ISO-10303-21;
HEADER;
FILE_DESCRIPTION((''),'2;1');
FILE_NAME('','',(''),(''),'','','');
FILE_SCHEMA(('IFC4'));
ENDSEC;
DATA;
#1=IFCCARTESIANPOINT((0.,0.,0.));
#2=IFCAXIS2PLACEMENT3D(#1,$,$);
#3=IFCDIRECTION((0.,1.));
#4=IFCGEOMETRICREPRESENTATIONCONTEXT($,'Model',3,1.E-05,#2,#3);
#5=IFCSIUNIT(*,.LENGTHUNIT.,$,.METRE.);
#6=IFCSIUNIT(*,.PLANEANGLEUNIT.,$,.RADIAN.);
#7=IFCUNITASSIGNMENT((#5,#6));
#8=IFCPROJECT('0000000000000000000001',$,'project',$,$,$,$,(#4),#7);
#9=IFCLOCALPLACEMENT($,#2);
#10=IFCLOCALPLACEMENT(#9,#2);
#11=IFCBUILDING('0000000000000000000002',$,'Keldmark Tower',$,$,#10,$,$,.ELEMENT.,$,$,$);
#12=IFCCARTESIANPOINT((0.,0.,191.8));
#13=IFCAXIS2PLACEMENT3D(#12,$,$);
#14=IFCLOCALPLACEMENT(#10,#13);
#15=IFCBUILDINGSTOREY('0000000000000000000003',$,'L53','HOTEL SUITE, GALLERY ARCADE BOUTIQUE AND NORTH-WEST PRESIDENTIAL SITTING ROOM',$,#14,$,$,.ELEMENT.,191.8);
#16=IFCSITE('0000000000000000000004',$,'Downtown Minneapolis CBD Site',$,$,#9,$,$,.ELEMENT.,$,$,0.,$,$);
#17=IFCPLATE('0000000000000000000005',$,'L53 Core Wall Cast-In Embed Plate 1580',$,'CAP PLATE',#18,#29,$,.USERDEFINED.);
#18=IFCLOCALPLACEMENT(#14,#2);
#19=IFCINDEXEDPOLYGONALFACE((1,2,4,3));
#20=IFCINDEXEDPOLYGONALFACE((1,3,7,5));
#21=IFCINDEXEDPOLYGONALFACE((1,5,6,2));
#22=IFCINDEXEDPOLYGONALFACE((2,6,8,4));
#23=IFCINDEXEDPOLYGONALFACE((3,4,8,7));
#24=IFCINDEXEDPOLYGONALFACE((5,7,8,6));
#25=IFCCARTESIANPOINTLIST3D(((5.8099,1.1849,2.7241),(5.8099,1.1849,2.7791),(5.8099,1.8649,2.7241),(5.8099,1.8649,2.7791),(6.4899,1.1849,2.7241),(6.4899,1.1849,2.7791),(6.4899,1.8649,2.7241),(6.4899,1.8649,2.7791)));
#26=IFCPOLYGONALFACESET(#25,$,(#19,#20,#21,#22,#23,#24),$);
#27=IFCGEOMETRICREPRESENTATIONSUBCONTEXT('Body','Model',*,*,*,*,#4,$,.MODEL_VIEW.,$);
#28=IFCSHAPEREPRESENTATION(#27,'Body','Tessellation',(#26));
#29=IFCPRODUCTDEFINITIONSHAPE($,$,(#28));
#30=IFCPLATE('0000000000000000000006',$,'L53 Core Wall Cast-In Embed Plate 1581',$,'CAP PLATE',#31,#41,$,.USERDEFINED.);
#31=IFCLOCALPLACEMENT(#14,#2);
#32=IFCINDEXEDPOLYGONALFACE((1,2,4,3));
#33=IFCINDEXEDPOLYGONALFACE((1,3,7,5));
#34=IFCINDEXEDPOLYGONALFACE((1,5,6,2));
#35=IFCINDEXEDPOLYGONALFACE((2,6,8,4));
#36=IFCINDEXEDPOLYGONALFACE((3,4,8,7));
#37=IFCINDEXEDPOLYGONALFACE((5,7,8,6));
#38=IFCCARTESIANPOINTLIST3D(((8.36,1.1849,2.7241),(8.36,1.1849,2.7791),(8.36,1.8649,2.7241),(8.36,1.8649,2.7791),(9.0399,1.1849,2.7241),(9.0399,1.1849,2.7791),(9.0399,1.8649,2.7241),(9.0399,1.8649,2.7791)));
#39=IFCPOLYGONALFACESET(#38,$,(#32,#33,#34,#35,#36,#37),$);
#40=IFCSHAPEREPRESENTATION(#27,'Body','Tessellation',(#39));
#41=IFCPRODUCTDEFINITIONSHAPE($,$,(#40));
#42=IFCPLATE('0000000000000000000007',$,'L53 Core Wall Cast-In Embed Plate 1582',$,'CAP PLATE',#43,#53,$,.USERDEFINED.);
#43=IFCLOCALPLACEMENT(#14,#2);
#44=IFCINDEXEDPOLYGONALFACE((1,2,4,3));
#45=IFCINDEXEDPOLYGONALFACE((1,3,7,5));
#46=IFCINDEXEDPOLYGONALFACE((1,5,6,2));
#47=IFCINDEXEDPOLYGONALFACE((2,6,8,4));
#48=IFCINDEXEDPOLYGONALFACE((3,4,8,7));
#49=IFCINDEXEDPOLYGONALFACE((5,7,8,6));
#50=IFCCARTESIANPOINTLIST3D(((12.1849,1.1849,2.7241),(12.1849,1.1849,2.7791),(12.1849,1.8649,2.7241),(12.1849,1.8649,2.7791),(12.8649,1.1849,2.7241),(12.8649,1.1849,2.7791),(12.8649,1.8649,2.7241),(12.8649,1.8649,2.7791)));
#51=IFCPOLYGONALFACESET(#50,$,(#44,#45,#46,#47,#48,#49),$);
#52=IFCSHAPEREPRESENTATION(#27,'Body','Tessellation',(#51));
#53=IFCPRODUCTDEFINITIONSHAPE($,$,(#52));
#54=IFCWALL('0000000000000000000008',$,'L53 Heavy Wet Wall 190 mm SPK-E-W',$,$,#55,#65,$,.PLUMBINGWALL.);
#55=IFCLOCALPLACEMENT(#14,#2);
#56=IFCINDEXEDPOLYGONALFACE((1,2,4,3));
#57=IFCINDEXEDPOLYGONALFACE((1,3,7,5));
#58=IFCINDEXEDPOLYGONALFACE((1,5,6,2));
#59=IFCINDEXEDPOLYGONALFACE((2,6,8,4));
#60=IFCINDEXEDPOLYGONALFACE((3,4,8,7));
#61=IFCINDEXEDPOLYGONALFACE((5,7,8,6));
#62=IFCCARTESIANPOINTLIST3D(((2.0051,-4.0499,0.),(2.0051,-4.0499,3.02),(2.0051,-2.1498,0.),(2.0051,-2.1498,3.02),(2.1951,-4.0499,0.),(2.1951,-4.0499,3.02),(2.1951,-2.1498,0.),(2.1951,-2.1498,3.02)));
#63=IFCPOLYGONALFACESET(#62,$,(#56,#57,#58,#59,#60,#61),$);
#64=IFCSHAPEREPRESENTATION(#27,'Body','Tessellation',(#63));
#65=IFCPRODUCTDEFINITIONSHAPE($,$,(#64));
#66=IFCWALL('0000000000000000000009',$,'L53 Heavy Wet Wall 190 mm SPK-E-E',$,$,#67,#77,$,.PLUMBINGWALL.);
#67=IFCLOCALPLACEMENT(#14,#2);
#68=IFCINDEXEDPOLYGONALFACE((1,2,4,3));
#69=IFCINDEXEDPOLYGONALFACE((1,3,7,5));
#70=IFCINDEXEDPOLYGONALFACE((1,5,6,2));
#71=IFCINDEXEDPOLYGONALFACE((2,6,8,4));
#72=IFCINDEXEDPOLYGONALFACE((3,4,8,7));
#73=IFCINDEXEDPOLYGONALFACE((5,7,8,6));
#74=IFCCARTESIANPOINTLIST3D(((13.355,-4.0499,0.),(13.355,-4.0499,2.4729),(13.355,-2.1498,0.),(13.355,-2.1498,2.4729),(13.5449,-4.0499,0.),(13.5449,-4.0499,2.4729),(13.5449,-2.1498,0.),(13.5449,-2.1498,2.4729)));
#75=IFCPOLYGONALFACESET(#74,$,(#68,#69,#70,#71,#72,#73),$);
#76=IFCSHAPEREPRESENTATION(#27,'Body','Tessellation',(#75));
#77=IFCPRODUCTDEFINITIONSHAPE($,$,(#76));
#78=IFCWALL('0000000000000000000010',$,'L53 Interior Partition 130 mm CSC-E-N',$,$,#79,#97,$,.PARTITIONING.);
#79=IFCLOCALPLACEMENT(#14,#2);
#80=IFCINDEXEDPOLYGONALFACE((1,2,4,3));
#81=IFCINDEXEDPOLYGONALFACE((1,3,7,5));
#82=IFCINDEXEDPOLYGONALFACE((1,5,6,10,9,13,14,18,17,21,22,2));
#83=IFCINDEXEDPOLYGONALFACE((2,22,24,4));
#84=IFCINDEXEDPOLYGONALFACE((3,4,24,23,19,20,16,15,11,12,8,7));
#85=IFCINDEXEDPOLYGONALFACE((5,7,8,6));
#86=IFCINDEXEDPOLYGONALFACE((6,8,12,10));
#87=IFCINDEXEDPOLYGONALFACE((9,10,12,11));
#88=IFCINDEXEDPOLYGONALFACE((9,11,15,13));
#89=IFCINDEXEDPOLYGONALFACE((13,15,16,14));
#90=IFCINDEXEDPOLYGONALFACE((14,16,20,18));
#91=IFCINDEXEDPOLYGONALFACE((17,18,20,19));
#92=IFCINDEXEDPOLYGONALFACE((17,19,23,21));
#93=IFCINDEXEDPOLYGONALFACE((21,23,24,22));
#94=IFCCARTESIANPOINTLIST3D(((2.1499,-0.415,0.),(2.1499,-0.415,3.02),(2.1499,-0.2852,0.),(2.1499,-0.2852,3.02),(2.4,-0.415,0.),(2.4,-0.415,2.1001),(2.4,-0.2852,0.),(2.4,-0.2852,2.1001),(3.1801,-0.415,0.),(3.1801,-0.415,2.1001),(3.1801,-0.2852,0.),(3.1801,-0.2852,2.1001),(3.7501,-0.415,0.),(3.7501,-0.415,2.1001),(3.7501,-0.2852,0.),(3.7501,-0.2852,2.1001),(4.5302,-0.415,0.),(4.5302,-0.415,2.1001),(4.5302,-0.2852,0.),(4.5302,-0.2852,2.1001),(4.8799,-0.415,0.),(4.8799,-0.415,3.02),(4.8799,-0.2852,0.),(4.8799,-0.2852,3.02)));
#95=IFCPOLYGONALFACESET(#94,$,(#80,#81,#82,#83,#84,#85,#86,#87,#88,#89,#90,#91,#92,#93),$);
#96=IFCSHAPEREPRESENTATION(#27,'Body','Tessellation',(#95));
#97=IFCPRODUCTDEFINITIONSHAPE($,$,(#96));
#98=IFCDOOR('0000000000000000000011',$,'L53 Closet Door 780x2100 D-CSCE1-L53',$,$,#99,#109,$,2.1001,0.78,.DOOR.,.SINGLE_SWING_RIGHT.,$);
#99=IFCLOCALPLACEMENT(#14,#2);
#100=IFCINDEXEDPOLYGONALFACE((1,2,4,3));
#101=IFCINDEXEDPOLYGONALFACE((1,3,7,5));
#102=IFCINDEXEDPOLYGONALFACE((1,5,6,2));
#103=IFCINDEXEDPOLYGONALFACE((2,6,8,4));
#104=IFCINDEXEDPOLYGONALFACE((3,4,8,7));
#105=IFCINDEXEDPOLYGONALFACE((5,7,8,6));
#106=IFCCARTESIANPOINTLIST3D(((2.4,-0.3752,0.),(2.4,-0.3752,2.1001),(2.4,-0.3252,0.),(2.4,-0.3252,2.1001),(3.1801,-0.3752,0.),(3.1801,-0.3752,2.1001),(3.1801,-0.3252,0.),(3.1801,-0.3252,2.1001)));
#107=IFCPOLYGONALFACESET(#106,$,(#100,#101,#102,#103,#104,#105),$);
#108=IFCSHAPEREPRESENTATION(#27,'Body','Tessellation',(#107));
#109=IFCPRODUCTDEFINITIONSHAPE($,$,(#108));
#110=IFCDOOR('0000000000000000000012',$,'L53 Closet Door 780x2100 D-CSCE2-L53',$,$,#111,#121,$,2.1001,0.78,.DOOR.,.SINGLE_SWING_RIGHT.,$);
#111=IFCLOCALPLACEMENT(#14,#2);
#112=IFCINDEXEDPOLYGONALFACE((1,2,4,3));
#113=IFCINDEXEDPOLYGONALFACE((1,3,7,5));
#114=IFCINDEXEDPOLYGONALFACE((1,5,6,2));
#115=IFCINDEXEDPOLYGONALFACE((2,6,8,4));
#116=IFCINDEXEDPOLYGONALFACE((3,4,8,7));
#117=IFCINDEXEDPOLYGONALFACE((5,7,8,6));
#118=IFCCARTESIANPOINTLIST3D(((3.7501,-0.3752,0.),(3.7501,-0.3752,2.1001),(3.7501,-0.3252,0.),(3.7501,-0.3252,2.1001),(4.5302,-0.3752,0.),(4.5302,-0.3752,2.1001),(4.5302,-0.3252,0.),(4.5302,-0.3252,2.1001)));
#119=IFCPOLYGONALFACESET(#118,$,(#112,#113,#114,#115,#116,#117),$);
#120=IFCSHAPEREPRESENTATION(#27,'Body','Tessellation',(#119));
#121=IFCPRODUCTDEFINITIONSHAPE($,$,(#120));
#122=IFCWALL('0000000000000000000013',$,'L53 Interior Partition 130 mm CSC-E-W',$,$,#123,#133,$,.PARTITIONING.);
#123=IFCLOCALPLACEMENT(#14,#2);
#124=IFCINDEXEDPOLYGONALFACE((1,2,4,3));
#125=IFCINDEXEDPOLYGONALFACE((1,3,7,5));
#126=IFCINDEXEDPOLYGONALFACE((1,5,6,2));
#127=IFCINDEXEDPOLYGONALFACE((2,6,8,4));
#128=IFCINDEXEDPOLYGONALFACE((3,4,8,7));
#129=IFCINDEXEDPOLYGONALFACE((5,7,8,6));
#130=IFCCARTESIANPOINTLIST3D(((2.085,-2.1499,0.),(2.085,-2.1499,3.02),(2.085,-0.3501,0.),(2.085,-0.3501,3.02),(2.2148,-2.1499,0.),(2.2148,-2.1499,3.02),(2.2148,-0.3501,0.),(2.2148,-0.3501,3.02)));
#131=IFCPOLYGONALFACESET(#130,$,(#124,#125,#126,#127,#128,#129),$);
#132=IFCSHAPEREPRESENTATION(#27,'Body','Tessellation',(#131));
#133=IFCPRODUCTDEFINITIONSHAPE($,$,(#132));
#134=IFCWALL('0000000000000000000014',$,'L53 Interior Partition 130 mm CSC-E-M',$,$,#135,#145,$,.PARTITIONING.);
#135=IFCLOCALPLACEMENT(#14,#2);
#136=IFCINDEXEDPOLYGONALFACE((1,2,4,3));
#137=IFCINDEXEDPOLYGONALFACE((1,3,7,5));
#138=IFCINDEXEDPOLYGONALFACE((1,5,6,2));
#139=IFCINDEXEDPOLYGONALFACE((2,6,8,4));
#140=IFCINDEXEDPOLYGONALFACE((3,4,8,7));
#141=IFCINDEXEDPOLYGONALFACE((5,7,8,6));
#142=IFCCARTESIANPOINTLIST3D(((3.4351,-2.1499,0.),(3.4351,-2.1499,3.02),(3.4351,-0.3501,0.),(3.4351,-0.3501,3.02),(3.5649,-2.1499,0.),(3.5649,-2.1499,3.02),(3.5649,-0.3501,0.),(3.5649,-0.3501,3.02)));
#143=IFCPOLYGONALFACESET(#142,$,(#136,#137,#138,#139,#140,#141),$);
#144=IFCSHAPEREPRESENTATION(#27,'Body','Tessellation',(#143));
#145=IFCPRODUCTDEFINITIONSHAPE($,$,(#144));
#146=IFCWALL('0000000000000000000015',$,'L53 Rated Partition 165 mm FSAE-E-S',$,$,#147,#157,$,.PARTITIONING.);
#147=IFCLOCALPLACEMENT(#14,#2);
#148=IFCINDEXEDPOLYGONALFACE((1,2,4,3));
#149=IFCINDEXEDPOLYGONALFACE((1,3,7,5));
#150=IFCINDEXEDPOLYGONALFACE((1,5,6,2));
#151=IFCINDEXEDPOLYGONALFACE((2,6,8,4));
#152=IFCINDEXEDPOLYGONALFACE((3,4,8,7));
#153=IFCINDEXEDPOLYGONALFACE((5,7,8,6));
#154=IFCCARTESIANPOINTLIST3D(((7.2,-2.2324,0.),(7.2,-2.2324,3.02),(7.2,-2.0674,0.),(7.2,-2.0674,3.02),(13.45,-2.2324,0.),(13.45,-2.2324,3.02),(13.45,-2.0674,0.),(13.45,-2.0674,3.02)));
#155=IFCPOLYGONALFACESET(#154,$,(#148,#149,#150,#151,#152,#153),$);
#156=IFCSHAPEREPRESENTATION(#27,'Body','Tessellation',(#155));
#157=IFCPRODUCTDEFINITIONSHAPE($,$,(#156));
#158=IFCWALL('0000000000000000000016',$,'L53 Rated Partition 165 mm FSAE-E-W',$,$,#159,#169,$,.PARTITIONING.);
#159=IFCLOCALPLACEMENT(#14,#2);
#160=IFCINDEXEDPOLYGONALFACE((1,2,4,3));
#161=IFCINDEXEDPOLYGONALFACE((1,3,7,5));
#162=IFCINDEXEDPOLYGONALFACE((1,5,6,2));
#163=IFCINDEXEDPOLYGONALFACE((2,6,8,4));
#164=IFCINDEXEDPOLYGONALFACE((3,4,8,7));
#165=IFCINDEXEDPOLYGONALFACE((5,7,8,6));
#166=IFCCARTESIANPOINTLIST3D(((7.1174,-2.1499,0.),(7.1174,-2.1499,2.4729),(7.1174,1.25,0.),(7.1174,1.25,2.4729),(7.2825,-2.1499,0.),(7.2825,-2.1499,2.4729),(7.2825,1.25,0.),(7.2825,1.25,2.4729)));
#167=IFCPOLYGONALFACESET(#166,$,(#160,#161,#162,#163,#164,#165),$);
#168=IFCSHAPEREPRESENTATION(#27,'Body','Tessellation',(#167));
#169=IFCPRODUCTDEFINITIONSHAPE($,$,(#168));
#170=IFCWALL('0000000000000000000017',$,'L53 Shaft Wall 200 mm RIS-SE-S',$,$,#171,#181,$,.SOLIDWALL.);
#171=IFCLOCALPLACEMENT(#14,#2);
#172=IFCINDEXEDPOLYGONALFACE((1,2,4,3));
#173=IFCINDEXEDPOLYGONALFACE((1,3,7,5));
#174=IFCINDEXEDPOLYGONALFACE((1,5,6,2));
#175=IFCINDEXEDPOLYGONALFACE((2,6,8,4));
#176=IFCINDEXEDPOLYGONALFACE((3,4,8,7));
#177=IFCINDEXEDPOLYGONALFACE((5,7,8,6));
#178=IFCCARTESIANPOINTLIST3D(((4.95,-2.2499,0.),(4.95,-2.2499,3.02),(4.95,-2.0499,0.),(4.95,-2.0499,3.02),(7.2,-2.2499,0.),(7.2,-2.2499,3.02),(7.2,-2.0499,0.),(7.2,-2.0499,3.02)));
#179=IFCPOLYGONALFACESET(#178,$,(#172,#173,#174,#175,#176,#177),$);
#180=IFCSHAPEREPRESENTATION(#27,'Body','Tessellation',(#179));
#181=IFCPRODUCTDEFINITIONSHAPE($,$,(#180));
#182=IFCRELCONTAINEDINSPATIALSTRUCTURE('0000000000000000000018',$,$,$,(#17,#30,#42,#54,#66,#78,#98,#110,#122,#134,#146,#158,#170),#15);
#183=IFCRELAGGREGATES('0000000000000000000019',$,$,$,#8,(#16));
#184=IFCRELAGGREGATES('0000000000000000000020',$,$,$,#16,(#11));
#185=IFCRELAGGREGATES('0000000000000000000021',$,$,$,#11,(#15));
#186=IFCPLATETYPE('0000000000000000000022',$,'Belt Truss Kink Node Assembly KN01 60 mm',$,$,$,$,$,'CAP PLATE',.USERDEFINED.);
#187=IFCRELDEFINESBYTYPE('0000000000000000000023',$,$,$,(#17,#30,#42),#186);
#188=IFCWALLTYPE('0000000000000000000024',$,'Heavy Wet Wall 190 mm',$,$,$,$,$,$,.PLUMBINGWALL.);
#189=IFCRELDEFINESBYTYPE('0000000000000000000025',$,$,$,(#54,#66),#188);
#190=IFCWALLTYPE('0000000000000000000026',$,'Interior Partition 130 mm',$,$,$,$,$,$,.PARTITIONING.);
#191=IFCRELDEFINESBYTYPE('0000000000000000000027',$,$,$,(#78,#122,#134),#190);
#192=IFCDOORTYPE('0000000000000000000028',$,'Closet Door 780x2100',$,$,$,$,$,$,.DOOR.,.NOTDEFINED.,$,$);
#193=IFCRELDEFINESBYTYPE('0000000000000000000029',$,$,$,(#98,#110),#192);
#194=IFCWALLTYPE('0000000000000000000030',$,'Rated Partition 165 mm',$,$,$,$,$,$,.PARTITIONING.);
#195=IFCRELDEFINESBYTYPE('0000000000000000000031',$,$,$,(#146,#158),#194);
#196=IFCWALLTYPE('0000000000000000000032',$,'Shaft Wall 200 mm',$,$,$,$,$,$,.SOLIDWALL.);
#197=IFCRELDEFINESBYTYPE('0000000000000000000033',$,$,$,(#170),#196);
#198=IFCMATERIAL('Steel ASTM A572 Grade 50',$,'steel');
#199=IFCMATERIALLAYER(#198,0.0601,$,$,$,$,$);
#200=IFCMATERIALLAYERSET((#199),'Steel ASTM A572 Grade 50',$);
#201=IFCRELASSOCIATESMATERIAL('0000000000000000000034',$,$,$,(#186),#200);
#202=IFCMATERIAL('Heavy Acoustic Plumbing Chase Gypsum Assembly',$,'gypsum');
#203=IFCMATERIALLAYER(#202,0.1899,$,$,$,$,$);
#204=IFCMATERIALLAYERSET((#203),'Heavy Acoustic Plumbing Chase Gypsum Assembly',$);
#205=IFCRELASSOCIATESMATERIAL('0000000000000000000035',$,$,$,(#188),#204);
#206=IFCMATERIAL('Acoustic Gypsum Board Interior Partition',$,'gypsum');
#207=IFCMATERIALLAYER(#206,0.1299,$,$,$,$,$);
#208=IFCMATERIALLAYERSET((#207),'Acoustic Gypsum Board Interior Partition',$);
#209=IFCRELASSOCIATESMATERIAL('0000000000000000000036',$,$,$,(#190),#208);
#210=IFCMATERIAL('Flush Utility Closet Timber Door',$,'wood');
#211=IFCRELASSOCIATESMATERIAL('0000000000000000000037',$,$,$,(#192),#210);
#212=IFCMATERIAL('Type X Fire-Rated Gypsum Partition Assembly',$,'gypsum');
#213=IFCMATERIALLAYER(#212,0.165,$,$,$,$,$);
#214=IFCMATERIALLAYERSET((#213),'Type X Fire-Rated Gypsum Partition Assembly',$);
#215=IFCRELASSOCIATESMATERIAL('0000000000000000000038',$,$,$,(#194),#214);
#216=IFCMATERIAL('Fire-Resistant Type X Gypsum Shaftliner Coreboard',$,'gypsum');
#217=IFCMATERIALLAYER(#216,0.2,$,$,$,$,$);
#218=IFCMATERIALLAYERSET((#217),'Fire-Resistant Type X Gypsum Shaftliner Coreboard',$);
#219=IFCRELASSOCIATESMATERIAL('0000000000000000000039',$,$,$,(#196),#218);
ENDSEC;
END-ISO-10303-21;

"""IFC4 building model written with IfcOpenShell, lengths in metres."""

from ifc_helpers import new_model, si_unit, direction, frame, frame_2d, origin, origin_2d, place, context, subcontext, project, spatial, rectangle, extrude, material, layer, layer_set, type_object, element, fill, save


model = new_model("IFC4")

# Units and contexts
model_context = context("Model", 3, precision=1e-05, world=origin(), true_north=direction((0.0, 1.0)))
body_context = subcontext(model_context, "Body", "Model", "MODEL_VIEW")
ifc_project = project(units=[si_unit("LENGTHUNIT", "METRE"), si_unit("PLANEANGLEUNIT", "RADIAN")], contexts=[model_context])

# Site, building, storey
site_placement = place(None, origin())
site = spatial("IfcSite", under=ifc_project, at=site_placement, Name="Downtown Minneapolis CBD Site", CompositionType="ELEMENT", RefElevation=0.0)
building_placement = place(site_placement, origin())
building = spatial("IfcBuilding", under=site, at=building_placement, Name="Keldmark Tower", CompositionType="ELEMENT")
storey_placement = place(building_placement, frame((0.0, 0.0, 191.8)))
storey = spatial("IfcBuildingStorey", under=building, at=storey_placement, Name="L53", Description="HOTEL SUITE, GALLERY ARCADE BOUTIQUE AND NORTH-WEST PRESIDENTIAL SITTING ROOM", CompositionType="ELEMENT", Elevation=191.8)

# Plates
ifc_material_1 = material(Name="Steel ASTM A572 Grade 50", Category="steel")
ifc_layer_1 = layer(ifc_material_1, 0.0601)
ifc_layer_set_1 = layer_set([ifc_layer_1], Name="Steel ASTM A572 Grade 50")
plate_type = type_object("IfcPlateType", Name="Belt Truss Kink Node Assembly KN01 60 mm", ElementType="CAP PLATE", PredefinedType="USERDEFINED", material=ifc_layer_set_1)
for number, where, z_axis, x_axis, name in (
    (1, (6.1499, 1.5249, 2.7241), (0.0, 0.0, 1.0), (1.0, 0.0, 0.0), "L53 Core Wall Cast-In Embed Plate 1580"),
    (2, (8.7, 1.5249, 2.7241), (0.0, 0.0, 1.0), (1.0, 0.0, 0.0), "L53 Core Wall Cast-In Embed Plate 1581"),
    (3, (12.5249, 1.5249, 2.7241), (0.0, 0.0, 1.0), (1.0, 0.0, 0.0), "L53 Core Wall Cast-In Embed Plate 1582"),
):
    element("IfcPlate", number, at=place(storey_placement, frame(where, z_axis=z_axis, x_axis=x_axis)), inside=storey, type_object=plate_type, Name=name, ObjectType="CAP PLATE", PredefinedType="USERDEFINED", context=body_context, shape_type="SweptSolid", body=[
        extrude(rectangle(XDim=0.6799, YDim=0.6799, at=origin_2d()), origin(), (0.0, 0.0, 1.0), 0.0549),
    ])

# Walls
ifc_material_2 = material(Name="Heavy Acoustic Plumbing Chase Gypsum Assembly", Category="gypsum")
ifc_layer_2 = layer(ifc_material_2, 0.1899)
ifc_layer_set_2 = layer_set([ifc_layer_2], Name="Heavy Acoustic Plumbing Chase Gypsum Assembly")
wall_type_1 = type_object("IfcWallType", Name="Heavy Wet Wall 190 mm", PredefinedType="PLUMBINGWALL", material=ifc_layer_set_2)
wall_1_placement = place(storey_placement, frame((2.1001, -4.05, 0.0), z_axis=(0.0, 0.0, 1.0), x_axis=(0.0, 1.0, 0.0)))
element("IfcWall", 4, at=wall_1_placement, inside=storey, type_object=wall_type_1, Name="L53 Heavy Wet Wall 190 mm SPK-E-W", PredefinedType="PLUMBINGWALL", context=body_context, shape_type="SweptSolid", body=[
    extrude(rectangle(XDim=1.9001, YDim=0.1899, at=frame_2d((0.9502, 0.0))), origin(), (0.0, 0.0, 1.0), 3.02),
])
wall_2_placement = place(storey_placement, frame((13.45, -4.05, 0.0), z_axis=(0.0, 0.0, 1.0), x_axis=(0.0, 1.0, 0.0)))
element("IfcWall", 5, at=wall_2_placement, inside=storey, type_object=wall_type_1, Name="L53 Heavy Wet Wall 190 mm SPK-E-E", PredefinedType="PLUMBINGWALL", context=body_context, shape_type="SweptSolid", body=[
    extrude(rectangle(XDim=1.9001, YDim=0.1899, at=frame_2d((0.9502, 0.0))), origin(), (0.0, 0.0, 1.0), 2.4729),
])

# Wall, openings, doors
ifc_material_3 = material(Name="Acoustic Gypsum Board Interior Partition", Category="gypsum")
ifc_layer_3 = layer(ifc_material_3, 0.1299)
ifc_layer_set_3 = layer_set([ifc_layer_3], Name="Acoustic Gypsum Board Interior Partition")
wall_type_2 = type_object("IfcWallType", Name="Interior Partition 130 mm", PredefinedType="PARTITIONING", material=ifc_layer_set_3)
wall_3_placement = place(storey_placement, frame((2.1499, -0.3501, 0.0), z_axis=(0.0, 0.0, 1.0), x_axis=(1.0, 0.0, 0.0)))
wall_3 = element("IfcWall", 6, at=wall_3_placement, inside=storey, type_object=wall_type_2, Name="L53 Interior Partition 130 mm CSC-E-N", PredefinedType="PARTITIONING", context=body_context, shape_type="SweptSolid", body=[
    extrude(rectangle(XDim=2.73, YDim=0.1299, at=frame_2d((1.365, 0.0))), origin(), (0.0, 0.0, 1.0), 3.02),
])
opening_1_placement = place(wall_3_placement, frame((0.25, 0.0, 0.0)))
opening_1 = element("IfcOpeningElement", 7, at=opening_1_placement, cuts=wall_3, PredefinedType="OPENING", context=body_context, shape_type="SweptSolid", body=[
    extrude(rectangle(XDim=0.78, YDim=2.1001, at=frame_2d((0.3901, 1.05))), frame((0.0, 0.075, 0.0), z_axis=(0.0, -1.0, 0.0), x_axis=(1.0, 0.0, 0.0)), (0.0, 0.0, 1.0), 0.1499),
])
opening_2_placement = place(wall_3_placement, frame((1.6001, 0.0, 0.0)))
opening_2 = element("IfcOpeningElement", 8, at=opening_2_placement, cuts=wall_3, PredefinedType="OPENING", context=body_context, shape_type="SweptSolid", body=[
    extrude(rectangle(XDim=0.78, YDim=2.1001, at=frame_2d((0.3901, 1.05))), frame((0.0, 0.075, 0.0), z_axis=(0.0, -1.0, 0.0), x_axis=(1.0, 0.0, 0.0)), (0.0, 0.0, 1.0), 0.1499),
])
ifc_material_4 = material(Name="Flush Utility Closet Timber Door", Category="wood")
door_type_1 = type_object("IfcDoorType", Name="Closet Door 780x2100", OperationType="NOTDEFINED", PredefinedType="DOOR", material=ifc_material_4)
door_1_placement = place(opening_1_placement, origin())
door_1 = element("IfcDoor", 9, at=door_1_placement, inside=storey, type_object=door_type_1, Name="L53 Closet Door 780x2100 D-CSCE1-L53", OperationType="SINGLE_SWING_RIGHT", OverallHeight=2.1001, OverallWidth=0.78, PredefinedType="DOOR", context=body_context, shape_type="SweptSolid", body=[
    extrude(rectangle(XDim=0.78, YDim=2.1001, at=frame_2d((0.3901, 1.05))), frame((0.0, 0.0249, 0.0), z_axis=(0.0, -1.0, 0.0), x_axis=(1.0, 0.0, 0.0)), (0.0, 0.0, 1.0), 0.05),
])
fill(opening_1, door_1)
door_2_placement = place(opening_2_placement, origin())
door_2 = element("IfcDoor", 10, at=door_2_placement, inside=storey, type_object=door_type_1, Name="L53 Closet Door 780x2100 D-CSCE2-L53", OperationType="SINGLE_SWING_RIGHT", OverallHeight=2.1001, OverallWidth=0.78, PredefinedType="DOOR", context=body_context, shape_type="SweptSolid", body=[
    extrude(rectangle(XDim=0.78, YDim=2.1001, at=frame_2d((0.3901, 1.05))), frame((0.0, 0.0249, 0.0), z_axis=(0.0, -1.0, 0.0), x_axis=(1.0, 0.0, 0.0)), (0.0, 0.0, 1.0), 0.05),
])
fill(opening_2, door_2)

# Walls
for number, where, z_axis, x_axis, name in (
    (11, (2.1499, -2.1499, 0.0), (0.0, 0.0, 1.0), (0.0, 1.0, 0.0), "L53 Interior Partition 130 mm CSC-E-W"),
    (12, (3.5, -2.1499, 0.0), (0.0, 0.0, 1.0), (0.0, 1.0, 0.0), "L53 Interior Partition 130 mm CSC-E-M"),
):
    element("IfcWall", number, at=place(storey_placement, frame(where, z_axis=z_axis, x_axis=x_axis)), inside=storey, type_object=wall_type_2, Name=name, PredefinedType="PARTITIONING", context=body_context, shape_type="SweptSolid", body=[
        extrude(rectangle(XDim=1.7998, YDim=0.1299, at=frame_2d((0.8999, 0.0))), origin(), (0.0, 0.0, 1.0), 3.02),
    ])
ifc_material_5 = material(Name="Type X Fire-Rated Gypsum Partition Assembly", Category="gypsum")
ifc_layer_4 = layer(ifc_material_5, 0.165)
ifc_layer_set_4 = layer_set([ifc_layer_4], Name="Type X Fire-Rated Gypsum Partition Assembly")
wall_type_3 = type_object("IfcWallType", Name="Rated Partition 165 mm", PredefinedType="PARTITIONING", material=ifc_layer_set_4)
wall_4_placement = place(storey_placement, frame((7.2, -2.1499, 0.0), z_axis=(0.0, 0.0, 1.0), x_axis=(1.0, 0.0, 0.0)))
element("IfcWall", 13, at=wall_4_placement, inside=storey, type_object=wall_type_3, Name="L53 Rated Partition 165 mm FSAE-E-S", PredefinedType="PARTITIONING", context=body_context, shape_type="SweptSolid", body=[
    extrude(rectangle(XDim=6.25, YDim=0.165, at=frame_2d((3.125, 0.0))), origin(), (0.0, 0.0, 1.0), 3.02),
])
wall_5_placement = place(storey_placement, frame((7.2, -2.1499, 0.0), z_axis=(0.0, 0.0, 1.0), x_axis=(0.0, 1.0, 0.0)))
element("IfcWall", 14, at=wall_5_placement, inside=storey, type_object=wall_type_3, Name="L53 Rated Partition 165 mm FSAE-E-W", PredefinedType="PARTITIONING", context=body_context, shape_type="SweptSolid", body=[
    extrude(rectangle(XDim=3.3999, YDim=0.165, at=frame_2d((1.7, 0.0))), origin(), (0.0, 0.0, 1.0), 2.4729),
])

# Wall
ifc_material_6 = material(Name="Fire-Resistant Type X Gypsum Shaftliner Coreboard", Category="gypsum")
ifc_layer_5 = layer(ifc_material_6, 0.2)
ifc_layer_set_5 = layer_set([ifc_layer_5], Name="Fire-Resistant Type X Gypsum Shaftliner Coreboard")
wall_type_4 = type_object("IfcWallType", Name="Shaft Wall 200 mm", PredefinedType="SOLIDWALL", material=ifc_layer_set_5)
wall_6_placement = place(storey_placement, frame((4.95, -2.1499, 0.0), z_axis=(0.0, 0.0, 1.0), x_axis=(1.0, 0.0, 0.0)))
element("IfcWall", 15, at=wall_6_placement, inside=storey, type_object=wall_type_4, Name="L53 Shaft Wall 200 mm RIS-SE-S", PredefinedType="SOLIDWALL", context=body_context, shape_type="SweptSolid", body=[
    extrude(rectangle(XDim=2.25, YDim=0.2, at=frame_2d((1.125, 0.0))), origin(), (0.0, 0.0, 1.0), 3.02),
])

save(model, "model.ifc")
